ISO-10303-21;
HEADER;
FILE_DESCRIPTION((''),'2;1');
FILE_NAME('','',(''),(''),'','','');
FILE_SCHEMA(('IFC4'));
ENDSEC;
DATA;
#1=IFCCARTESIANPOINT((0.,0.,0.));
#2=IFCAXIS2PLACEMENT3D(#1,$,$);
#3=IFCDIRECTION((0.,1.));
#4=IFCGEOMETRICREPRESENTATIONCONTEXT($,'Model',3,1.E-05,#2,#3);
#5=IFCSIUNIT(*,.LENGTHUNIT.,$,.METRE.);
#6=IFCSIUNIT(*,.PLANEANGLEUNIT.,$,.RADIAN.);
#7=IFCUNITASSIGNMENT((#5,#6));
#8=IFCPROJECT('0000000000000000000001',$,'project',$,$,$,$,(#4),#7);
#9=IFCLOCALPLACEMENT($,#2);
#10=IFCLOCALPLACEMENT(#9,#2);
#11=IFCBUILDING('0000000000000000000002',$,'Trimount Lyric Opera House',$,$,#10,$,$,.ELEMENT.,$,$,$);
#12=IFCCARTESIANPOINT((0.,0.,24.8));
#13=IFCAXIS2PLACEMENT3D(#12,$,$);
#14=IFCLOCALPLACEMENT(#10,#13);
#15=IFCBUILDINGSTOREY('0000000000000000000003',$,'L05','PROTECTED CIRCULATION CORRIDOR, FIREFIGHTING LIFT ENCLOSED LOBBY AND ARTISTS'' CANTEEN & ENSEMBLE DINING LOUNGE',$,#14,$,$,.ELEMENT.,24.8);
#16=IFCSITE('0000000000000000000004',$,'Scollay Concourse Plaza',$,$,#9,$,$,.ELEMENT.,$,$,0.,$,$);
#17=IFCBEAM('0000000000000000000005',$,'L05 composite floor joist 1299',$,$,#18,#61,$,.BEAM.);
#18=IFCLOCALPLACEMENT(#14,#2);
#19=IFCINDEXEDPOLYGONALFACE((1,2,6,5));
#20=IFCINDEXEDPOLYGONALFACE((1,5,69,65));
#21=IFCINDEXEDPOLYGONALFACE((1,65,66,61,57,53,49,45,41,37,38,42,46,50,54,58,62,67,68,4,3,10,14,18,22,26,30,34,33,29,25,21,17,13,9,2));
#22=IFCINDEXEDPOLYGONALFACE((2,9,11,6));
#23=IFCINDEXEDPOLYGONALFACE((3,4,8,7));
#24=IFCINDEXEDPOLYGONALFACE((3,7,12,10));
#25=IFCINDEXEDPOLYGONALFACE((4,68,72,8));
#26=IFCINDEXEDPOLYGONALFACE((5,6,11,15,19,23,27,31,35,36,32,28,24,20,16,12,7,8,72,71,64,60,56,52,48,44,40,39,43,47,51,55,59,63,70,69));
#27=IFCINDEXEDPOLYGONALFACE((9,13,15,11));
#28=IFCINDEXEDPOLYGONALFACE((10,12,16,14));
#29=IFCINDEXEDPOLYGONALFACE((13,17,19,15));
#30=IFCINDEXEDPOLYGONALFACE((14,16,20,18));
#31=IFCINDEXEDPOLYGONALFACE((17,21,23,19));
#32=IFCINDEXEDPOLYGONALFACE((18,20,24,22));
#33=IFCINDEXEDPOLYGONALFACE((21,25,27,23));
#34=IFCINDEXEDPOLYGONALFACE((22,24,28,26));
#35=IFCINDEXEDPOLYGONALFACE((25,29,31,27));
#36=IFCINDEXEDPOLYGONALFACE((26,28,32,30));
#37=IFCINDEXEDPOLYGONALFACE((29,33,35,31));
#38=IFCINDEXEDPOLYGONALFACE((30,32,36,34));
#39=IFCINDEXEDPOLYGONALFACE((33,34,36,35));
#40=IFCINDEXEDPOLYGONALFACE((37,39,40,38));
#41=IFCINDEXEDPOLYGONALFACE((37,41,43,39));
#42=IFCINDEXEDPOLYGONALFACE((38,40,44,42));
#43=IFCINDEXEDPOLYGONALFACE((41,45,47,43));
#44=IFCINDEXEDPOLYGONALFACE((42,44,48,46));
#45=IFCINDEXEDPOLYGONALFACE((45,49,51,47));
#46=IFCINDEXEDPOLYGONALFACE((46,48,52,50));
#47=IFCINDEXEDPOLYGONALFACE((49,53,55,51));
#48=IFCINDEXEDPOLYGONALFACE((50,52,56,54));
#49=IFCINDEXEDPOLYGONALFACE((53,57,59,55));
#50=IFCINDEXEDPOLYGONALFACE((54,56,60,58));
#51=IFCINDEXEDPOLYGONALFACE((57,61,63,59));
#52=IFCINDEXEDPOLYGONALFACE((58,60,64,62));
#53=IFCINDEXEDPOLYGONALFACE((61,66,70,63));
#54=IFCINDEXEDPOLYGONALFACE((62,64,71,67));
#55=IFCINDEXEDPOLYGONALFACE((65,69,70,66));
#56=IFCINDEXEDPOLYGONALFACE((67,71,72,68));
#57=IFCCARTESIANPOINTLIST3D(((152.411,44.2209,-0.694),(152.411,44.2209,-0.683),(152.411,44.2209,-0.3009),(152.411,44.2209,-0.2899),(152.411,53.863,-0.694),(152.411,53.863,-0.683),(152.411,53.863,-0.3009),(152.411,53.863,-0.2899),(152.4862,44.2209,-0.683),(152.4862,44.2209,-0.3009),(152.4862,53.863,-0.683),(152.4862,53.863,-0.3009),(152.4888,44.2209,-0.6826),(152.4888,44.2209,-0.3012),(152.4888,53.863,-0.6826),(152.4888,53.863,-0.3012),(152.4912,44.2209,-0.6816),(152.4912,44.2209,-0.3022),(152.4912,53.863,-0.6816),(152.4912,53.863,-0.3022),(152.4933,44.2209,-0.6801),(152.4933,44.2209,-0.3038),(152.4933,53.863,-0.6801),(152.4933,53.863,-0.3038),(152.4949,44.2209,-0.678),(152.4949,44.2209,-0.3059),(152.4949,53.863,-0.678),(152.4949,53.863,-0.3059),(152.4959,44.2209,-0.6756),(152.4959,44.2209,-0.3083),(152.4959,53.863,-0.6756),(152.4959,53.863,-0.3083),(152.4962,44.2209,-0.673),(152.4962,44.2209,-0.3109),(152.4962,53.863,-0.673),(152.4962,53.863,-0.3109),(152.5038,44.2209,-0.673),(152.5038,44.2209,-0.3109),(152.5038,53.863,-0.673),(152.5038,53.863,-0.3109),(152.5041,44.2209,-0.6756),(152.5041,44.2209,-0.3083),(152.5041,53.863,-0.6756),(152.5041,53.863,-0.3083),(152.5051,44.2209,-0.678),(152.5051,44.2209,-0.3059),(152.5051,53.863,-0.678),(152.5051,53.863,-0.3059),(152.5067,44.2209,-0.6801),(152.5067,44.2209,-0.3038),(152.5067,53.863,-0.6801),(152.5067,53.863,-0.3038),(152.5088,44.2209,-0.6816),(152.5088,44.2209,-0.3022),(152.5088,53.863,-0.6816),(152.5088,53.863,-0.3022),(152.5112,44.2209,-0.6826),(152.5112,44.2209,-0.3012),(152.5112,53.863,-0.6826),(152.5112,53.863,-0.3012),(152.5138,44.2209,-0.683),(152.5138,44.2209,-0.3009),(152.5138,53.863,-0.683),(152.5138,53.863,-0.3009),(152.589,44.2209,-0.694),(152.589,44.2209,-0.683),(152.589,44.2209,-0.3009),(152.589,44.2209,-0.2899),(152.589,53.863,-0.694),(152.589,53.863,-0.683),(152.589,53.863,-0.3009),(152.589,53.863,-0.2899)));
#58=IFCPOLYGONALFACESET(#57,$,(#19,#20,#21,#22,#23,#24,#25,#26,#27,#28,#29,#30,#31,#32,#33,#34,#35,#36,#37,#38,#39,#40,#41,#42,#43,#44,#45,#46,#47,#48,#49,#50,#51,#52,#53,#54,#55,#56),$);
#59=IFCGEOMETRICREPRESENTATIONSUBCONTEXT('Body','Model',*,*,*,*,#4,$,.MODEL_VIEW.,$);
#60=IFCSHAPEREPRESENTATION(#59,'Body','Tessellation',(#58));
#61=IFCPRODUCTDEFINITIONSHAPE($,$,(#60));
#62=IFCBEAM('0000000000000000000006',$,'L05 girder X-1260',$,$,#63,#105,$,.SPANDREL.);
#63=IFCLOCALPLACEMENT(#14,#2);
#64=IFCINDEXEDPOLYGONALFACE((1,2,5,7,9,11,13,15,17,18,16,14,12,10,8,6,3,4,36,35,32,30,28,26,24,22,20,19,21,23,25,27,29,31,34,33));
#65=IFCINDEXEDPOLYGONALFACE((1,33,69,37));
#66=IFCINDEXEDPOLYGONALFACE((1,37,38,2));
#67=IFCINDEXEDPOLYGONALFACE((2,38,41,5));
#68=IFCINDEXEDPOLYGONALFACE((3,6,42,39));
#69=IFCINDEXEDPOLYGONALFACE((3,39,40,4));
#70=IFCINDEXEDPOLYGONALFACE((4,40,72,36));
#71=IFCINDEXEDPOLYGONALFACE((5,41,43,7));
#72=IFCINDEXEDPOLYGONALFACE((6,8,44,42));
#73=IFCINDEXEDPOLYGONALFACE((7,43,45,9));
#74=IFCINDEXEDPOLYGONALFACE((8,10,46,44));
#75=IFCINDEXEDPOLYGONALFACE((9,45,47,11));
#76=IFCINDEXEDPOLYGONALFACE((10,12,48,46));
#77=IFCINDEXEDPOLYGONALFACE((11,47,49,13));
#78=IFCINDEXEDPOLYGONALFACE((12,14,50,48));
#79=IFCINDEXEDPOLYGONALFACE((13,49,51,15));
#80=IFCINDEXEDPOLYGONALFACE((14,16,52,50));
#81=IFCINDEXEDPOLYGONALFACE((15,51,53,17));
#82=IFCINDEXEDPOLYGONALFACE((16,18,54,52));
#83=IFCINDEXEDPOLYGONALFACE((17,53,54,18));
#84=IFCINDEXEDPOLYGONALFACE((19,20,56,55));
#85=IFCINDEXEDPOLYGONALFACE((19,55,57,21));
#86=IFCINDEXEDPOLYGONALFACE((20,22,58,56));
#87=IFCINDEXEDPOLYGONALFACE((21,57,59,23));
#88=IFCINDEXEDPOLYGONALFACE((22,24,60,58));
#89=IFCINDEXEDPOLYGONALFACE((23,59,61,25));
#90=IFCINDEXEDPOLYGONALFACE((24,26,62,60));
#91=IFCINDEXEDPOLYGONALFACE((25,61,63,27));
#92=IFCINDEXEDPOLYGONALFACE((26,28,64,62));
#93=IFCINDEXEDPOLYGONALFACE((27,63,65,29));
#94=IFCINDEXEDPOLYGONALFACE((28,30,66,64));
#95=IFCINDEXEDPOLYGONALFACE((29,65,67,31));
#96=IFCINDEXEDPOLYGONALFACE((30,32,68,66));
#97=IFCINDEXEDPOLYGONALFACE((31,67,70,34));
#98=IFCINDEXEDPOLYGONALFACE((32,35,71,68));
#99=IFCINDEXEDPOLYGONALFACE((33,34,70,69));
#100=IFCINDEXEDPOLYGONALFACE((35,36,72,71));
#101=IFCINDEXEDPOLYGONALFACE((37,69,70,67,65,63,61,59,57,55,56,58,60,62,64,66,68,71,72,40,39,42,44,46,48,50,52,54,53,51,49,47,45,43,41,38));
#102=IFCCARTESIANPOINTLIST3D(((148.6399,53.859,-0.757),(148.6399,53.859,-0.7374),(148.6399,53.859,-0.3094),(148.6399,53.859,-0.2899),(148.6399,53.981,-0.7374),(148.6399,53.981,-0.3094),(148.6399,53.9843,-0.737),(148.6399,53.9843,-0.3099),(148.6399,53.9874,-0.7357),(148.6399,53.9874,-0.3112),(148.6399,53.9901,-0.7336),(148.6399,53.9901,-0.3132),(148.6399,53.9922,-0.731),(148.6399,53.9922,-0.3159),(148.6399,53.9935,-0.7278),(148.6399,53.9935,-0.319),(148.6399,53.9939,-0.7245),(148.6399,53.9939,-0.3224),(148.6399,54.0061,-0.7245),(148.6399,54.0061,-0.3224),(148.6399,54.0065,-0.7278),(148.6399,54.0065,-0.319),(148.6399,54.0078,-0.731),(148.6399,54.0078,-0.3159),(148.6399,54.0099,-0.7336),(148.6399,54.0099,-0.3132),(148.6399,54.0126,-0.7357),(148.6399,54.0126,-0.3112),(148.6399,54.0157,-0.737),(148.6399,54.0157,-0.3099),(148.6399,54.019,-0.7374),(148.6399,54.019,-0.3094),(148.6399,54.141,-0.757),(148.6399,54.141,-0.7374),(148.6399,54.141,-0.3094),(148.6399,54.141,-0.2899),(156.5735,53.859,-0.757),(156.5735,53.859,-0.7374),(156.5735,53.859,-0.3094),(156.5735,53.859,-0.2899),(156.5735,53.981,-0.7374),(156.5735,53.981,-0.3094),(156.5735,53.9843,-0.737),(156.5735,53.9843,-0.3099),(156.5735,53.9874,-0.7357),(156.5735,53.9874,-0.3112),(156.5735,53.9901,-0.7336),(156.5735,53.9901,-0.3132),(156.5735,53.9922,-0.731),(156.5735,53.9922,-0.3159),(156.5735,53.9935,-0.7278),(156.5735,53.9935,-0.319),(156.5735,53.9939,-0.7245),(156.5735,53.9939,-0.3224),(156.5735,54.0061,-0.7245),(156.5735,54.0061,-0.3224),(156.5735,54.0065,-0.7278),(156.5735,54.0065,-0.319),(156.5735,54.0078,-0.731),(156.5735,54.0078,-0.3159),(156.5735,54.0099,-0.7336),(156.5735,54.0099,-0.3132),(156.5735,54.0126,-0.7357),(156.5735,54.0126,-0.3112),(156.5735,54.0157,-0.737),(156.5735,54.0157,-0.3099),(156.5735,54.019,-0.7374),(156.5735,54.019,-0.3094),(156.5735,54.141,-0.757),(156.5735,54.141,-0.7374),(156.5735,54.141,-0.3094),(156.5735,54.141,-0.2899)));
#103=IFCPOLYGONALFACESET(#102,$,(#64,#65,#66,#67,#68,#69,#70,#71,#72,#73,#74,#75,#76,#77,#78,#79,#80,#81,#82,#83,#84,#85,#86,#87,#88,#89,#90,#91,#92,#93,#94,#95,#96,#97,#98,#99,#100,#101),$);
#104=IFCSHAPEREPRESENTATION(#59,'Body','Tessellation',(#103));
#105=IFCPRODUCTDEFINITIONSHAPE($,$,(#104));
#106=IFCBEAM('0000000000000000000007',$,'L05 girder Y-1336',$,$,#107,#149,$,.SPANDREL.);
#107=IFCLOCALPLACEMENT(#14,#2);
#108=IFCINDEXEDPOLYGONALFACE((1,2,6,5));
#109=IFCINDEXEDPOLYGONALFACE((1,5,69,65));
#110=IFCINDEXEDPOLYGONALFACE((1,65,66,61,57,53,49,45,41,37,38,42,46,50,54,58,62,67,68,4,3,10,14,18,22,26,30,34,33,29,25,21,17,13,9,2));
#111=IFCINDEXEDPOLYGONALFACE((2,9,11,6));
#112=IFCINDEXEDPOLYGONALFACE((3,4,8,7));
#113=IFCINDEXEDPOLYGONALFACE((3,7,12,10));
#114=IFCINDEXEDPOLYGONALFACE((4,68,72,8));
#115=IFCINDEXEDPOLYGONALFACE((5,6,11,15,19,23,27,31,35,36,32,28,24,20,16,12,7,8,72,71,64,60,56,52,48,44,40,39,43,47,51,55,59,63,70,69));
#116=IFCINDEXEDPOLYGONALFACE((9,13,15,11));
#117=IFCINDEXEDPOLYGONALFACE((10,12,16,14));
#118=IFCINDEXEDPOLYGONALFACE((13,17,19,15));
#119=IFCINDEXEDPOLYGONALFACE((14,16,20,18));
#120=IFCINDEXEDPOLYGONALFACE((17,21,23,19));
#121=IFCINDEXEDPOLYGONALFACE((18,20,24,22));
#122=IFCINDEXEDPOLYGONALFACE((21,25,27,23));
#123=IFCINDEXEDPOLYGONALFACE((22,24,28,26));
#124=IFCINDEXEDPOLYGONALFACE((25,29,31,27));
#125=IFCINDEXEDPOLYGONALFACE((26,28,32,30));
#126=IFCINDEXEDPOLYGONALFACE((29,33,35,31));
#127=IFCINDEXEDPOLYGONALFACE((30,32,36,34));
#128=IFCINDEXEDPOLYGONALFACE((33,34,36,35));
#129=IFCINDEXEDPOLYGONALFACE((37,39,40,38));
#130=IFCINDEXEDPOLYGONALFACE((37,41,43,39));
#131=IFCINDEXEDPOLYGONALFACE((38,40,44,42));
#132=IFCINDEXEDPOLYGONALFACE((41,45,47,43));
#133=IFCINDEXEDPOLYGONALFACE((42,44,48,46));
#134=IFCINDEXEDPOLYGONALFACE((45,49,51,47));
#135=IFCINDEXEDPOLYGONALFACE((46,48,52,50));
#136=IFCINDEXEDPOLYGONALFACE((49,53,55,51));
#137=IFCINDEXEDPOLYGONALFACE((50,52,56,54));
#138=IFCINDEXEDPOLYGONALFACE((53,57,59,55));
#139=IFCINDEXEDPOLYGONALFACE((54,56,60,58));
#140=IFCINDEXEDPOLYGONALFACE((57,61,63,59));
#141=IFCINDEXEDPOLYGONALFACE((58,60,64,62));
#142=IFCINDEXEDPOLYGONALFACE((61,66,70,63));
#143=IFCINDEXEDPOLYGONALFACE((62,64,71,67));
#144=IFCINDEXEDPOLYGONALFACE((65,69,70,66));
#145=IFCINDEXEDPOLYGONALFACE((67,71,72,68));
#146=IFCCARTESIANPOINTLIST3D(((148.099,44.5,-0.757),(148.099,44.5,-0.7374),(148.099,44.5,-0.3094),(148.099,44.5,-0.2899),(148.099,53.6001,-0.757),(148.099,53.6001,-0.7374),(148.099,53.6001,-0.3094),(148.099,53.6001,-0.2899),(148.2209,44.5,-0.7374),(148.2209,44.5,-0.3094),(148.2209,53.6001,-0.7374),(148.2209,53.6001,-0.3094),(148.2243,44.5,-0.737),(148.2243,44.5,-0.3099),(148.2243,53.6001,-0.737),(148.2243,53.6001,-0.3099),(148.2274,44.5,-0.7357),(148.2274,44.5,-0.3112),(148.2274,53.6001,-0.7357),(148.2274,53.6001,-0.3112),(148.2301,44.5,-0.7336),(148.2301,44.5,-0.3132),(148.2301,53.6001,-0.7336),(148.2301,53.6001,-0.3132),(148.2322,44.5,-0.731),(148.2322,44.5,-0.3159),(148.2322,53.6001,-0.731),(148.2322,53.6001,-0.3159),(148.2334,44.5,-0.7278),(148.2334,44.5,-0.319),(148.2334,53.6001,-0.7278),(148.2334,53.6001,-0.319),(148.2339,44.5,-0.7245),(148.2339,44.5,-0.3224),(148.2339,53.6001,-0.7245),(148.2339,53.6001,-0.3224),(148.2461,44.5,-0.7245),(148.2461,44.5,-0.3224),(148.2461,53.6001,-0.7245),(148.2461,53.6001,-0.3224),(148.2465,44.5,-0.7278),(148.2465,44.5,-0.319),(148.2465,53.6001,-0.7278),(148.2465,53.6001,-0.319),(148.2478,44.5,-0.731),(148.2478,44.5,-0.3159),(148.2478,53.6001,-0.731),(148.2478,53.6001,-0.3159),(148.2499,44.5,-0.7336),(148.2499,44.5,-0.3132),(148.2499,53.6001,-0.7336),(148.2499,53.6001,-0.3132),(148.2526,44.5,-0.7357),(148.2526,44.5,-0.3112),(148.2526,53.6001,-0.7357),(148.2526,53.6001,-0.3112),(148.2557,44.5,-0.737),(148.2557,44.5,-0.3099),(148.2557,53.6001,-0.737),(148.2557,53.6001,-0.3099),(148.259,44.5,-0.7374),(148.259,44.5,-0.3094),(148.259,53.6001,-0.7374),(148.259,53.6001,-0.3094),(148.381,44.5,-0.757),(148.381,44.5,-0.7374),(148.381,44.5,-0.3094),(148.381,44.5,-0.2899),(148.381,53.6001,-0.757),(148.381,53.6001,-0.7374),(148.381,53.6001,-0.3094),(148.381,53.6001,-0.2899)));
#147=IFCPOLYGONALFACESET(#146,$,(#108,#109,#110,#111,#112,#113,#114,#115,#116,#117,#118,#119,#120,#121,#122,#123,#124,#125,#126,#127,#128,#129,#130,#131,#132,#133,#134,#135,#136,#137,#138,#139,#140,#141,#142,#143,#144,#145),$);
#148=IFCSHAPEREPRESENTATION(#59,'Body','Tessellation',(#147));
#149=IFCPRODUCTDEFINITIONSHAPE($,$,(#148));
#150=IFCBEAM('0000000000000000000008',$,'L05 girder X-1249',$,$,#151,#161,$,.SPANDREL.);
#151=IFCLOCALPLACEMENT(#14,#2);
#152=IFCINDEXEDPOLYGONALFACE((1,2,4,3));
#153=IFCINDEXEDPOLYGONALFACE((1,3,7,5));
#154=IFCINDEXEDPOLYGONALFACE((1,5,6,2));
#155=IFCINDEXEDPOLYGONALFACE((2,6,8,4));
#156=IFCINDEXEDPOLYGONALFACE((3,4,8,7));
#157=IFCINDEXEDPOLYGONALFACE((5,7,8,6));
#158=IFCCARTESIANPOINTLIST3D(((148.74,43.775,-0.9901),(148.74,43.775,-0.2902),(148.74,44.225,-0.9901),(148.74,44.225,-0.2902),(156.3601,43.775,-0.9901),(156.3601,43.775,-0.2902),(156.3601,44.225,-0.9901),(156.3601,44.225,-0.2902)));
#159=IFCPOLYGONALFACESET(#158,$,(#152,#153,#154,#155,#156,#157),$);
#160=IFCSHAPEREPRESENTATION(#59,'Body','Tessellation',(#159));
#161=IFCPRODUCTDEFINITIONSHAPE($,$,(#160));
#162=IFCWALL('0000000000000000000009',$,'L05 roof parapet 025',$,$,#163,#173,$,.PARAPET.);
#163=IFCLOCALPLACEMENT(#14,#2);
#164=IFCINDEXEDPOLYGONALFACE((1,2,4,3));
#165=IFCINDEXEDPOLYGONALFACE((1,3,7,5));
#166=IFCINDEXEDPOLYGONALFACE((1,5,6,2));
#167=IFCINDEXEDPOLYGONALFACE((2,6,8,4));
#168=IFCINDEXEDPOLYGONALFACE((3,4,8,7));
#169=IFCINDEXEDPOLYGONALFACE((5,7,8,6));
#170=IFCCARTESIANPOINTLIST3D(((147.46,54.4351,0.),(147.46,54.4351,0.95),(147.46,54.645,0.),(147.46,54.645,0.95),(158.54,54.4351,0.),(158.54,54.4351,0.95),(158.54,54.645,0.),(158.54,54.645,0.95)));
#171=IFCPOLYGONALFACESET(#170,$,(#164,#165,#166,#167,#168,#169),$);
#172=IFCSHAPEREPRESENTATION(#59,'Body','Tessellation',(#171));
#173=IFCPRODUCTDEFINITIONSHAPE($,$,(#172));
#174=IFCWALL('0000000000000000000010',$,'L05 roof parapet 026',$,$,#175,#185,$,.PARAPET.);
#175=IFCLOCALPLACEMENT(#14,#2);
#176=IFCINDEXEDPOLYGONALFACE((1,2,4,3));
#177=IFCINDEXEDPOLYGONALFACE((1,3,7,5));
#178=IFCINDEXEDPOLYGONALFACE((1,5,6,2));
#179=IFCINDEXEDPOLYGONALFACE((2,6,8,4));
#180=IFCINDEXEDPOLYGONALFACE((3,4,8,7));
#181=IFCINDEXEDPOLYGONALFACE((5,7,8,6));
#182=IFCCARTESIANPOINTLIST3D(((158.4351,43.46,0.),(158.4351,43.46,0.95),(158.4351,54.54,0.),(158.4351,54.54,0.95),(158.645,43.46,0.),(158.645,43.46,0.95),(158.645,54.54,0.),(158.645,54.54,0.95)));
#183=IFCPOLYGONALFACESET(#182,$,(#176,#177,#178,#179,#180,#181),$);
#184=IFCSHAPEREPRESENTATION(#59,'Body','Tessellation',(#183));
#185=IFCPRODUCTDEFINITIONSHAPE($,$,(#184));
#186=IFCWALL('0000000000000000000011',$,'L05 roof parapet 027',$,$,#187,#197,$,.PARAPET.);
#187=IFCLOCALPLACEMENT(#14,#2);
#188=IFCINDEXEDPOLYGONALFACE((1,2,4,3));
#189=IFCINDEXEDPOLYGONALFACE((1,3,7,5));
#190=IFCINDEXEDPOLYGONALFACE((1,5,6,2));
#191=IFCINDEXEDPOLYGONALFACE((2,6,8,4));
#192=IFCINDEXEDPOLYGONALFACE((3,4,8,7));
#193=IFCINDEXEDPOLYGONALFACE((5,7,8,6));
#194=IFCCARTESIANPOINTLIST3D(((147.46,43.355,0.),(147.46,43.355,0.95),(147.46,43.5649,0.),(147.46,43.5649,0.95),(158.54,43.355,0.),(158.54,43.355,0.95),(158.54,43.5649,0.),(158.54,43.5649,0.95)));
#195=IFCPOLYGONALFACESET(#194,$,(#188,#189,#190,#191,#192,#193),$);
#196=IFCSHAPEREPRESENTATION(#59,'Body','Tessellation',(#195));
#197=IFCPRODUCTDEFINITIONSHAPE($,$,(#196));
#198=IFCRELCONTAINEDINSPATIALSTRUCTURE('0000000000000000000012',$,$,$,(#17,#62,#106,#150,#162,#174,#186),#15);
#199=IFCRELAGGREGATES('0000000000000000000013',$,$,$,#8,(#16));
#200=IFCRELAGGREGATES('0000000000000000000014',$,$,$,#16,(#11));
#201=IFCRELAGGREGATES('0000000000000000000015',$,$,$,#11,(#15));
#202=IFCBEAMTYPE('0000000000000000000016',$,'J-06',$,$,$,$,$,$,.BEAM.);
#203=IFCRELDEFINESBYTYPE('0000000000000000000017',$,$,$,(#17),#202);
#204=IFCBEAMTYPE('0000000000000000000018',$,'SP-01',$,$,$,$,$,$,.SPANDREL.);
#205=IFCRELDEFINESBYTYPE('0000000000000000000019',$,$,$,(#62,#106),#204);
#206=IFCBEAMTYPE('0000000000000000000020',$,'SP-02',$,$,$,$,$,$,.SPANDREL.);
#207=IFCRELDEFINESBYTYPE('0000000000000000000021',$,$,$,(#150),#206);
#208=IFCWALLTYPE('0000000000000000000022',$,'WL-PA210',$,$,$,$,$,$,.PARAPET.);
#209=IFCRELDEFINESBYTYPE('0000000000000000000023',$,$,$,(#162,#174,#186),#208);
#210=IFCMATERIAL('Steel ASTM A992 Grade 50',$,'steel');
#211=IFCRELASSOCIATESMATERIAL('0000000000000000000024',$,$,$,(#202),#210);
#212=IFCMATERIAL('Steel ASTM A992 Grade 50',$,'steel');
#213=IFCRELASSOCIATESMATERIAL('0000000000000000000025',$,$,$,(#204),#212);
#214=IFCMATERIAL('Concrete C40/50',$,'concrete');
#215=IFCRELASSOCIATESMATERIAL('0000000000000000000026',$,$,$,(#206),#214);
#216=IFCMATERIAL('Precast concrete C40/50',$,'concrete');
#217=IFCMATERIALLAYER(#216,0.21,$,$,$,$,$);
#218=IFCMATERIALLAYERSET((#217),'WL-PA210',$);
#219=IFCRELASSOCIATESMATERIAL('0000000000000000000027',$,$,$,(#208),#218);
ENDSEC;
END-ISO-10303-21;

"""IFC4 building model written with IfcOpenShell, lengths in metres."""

from ifc_helpers import new_model, si_unit, direction, frame, frame_2d, origin, origin_2d, place, context, subcontext, project, spatial, rectangle, i_section, extrude, material, layer, layer_set, material_profile, profile_set, type_object, element, save


model = new_model("IFC4")

# Units and contexts
model_context = context("Model", 3, precision=1e-05, world=origin(), true_north=direction((0.0, 1.0)))
body_context = subcontext(model_context, "Body", "Model", "MODEL_VIEW")
ifc_project = project(units=[si_unit("LENGTHUNIT", "METRE"), si_unit("PLANEANGLEUNIT", "RADIAN")], contexts=[model_context])

# Site, building, storey
site_placement = place(None, origin())
site = spatial("IfcSite", under=ifc_project, at=site_placement, Name="Scollay Concourse Plaza", CompositionType="ELEMENT", RefElevation=0.0)
building_placement = place(site_placement, origin())
building = spatial("IfcBuilding", under=site, at=building_placement, Name="Trimount Lyric Opera House", CompositionType="ELEMENT")
storey_placement = place(building_placement, frame((0.0, 0.0, 24.8)))
storey = spatial("IfcBuildingStorey", under=building, at=storey_placement, Name="L05", Description="PROTECTED CIRCULATION CORRIDOR, FIREFIGHTING LIFT ENCLOSED LOBBY AND ARTISTS' CANTEEN & ENSEMBLE DINING LOUNGE", CompositionType="ELEMENT", Elevation=24.8)

# Beams
ifc_material_1 = material(Name="Steel ASTM A992 Grade 50", Category="steel")
ifc_material_profile_1 = material_profile(ifc_material_1, i_section(OverallWidth=0.178, OverallDepth=0.4041, WebThickness=0.0076, FlangeThickness=0.011, FilletRadius=0.01, at=origin_2d()), Name="W16X36")
ifc_profile_set_1 = profile_set([ifc_material_profile_1], Name="Steel ASTM A992 Grade 50")
beam_type_1 = type_object("IfcBeamType", Name="J-06", PredefinedType="BEAM", material=ifc_profile_set_1)
beam_1_placement = place(storey_placement, frame((152.5, 44.2209, -0.4919), z_axis=(0.0, 1.0, 0.0), x_axis=(-1.0, 0.0, 0.0)))
element("IfcBeam", 1, at=beam_1_placement, inside=storey, type_object=beam_type_1, Name="L05 composite floor joist 1299", PredefinedType="BEAM", context=body_context, shape_type="SweptSolid", body=[
    extrude(i_section(OverallWidth=0.178, OverallDepth=0.4041, WebThickness=0.0076, FlangeThickness=0.011, FilletRadius=0.01, at=origin_2d()), origin(), (0.0, 0.0, 1.0), 9.6421),
])
ifc_material_2 = material(Name="Steel ASTM A992 Grade 50", Category="steel")
ifc_material_profile_2 = material_profile(ifc_material_2, i_section(OverallWidth=0.282, OverallDepth=0.467, WebThickness=0.0122, FlangeThickness=0.0195, FilletRadius=0.0129, at=origin_2d()), Name="W18X86")
ifc_profile_set_2 = profile_set([ifc_material_profile_2], Name="Steel ASTM A992 Grade 50")
beam_type_2 = type_object("IfcBeamType", Name="SP-01", PredefinedType="SPANDREL", material=ifc_profile_set_2)
beam_2_placement = place(storey_placement, frame((148.6399, 54.0, -0.5234), z_axis=(1.0, 0.0, 0.0), x_axis=(0.0, 1.0, 0.0)))
element("IfcBeam", 2, at=beam_2_placement, inside=storey, type_object=beam_type_2, Name="L05 girder X-1260", PredefinedType="SPANDREL", context=body_context, shape_type="SweptSolid", body=[
    extrude(i_section(OverallWidth=0.282, OverallDepth=0.467, WebThickness=0.0122, FlangeThickness=0.0195, FilletRadius=0.0129, at=origin_2d()), origin(), (0.0, 0.0, 1.0), 7.9336),
])
beam_3_placement = place(storey_placement, frame((148.24, 44.5, -0.5234), z_axis=(0.0, 1.0, 0.0), x_axis=(-1.0, 0.0, 0.0)))
element("IfcBeam", 3, at=beam_3_placement, inside=storey, type_object=beam_type_2, Name="L05 girder Y-1336", PredefinedType="SPANDREL", context=body_context, shape_type="SweptSolid", body=[
    extrude(i_section(OverallWidth=0.282, OverallDepth=0.467, WebThickness=0.0122, FlangeThickness=0.0195, FilletRadius=0.0129, at=origin_2d()), origin(), (0.0, 0.0, 1.0), 9.1001),
])
ifc_material_3 = material(Name="Concrete C40/50", Category="concrete")
ifc_material_profile_3 = material_profile(ifc_material_3, rectangle(XDim=0.45, YDim=0.7, at=origin_2d()), Name="RC450X700")
ifc_profile_set_3 = profile_set([ifc_material_profile_3], Name="Concrete C40/50")
beam_type_3 = type_object("IfcBeamType", Name="SP-02", PredefinedType="SPANDREL", material=ifc_profile_set_3)
beam_4_placement = place(storey_placement, frame((148.74, 44.0, -0.6401), z_axis=(1.0, 0.0, 0.0), x_axis=(0.0, 1.0, 0.0)))
element("IfcBeam", 4, at=beam_4_placement, inside=storey, type_object=beam_type_3, Name="L05 girder X-1249", PredefinedType="SPANDREL", context=body_context, shape_type="SweptSolid", body=[
    extrude(rectangle(XDim=0.45, YDim=0.7, at=origin_2d()), origin(), (0.0, 0.0, 1.0), 7.6201),
])

# Walls
ifc_material_4 = material(Name="Precast concrete C40/50", Category="concrete")
ifc_layer_1 = layer(ifc_material_4, 0.21)
ifc_layer_set_1 = layer_set([ifc_layer_1], Name="WL-PA210")
wall_type_1 = type_object("IfcWallType", Name="WL-PA210", PredefinedType="PARAPET", material=ifc_layer_set_1)
for number, where, z_axis, x_axis, name in (
    (5, (147.46, 54.54, 0.0), (0.0, 0.0, 1.0), (1.0, 0.0, 0.0), "L05 roof parapet 025"),
    (6, (158.54, 54.54, 0.0), (0.0, 0.0, 1.0), (0.0, -1.0, 0.0), "L05 roof parapet 026"),
    (7, (158.54, 43.46, 0.0), (0.0, 0.0, 1.0), (-1.0, 0.0, 0.0), "L05 roof parapet 027"),
):
    element("IfcWall", number, at=place(storey_placement, frame(where, z_axis=z_axis, x_axis=x_axis)), inside=storey, type_object=wall_type_1, Name=name, PredefinedType="PARAPET", context=body_context, shape_type="SweptSolid", body=[
        extrude(rectangle(XDim=11.0801, YDim=0.21, at=frame_2d((5.54, 0.0))), origin(), (0.0, 0.0, 1.0), 0.95),
    ])

save(model, "model.ifc")
